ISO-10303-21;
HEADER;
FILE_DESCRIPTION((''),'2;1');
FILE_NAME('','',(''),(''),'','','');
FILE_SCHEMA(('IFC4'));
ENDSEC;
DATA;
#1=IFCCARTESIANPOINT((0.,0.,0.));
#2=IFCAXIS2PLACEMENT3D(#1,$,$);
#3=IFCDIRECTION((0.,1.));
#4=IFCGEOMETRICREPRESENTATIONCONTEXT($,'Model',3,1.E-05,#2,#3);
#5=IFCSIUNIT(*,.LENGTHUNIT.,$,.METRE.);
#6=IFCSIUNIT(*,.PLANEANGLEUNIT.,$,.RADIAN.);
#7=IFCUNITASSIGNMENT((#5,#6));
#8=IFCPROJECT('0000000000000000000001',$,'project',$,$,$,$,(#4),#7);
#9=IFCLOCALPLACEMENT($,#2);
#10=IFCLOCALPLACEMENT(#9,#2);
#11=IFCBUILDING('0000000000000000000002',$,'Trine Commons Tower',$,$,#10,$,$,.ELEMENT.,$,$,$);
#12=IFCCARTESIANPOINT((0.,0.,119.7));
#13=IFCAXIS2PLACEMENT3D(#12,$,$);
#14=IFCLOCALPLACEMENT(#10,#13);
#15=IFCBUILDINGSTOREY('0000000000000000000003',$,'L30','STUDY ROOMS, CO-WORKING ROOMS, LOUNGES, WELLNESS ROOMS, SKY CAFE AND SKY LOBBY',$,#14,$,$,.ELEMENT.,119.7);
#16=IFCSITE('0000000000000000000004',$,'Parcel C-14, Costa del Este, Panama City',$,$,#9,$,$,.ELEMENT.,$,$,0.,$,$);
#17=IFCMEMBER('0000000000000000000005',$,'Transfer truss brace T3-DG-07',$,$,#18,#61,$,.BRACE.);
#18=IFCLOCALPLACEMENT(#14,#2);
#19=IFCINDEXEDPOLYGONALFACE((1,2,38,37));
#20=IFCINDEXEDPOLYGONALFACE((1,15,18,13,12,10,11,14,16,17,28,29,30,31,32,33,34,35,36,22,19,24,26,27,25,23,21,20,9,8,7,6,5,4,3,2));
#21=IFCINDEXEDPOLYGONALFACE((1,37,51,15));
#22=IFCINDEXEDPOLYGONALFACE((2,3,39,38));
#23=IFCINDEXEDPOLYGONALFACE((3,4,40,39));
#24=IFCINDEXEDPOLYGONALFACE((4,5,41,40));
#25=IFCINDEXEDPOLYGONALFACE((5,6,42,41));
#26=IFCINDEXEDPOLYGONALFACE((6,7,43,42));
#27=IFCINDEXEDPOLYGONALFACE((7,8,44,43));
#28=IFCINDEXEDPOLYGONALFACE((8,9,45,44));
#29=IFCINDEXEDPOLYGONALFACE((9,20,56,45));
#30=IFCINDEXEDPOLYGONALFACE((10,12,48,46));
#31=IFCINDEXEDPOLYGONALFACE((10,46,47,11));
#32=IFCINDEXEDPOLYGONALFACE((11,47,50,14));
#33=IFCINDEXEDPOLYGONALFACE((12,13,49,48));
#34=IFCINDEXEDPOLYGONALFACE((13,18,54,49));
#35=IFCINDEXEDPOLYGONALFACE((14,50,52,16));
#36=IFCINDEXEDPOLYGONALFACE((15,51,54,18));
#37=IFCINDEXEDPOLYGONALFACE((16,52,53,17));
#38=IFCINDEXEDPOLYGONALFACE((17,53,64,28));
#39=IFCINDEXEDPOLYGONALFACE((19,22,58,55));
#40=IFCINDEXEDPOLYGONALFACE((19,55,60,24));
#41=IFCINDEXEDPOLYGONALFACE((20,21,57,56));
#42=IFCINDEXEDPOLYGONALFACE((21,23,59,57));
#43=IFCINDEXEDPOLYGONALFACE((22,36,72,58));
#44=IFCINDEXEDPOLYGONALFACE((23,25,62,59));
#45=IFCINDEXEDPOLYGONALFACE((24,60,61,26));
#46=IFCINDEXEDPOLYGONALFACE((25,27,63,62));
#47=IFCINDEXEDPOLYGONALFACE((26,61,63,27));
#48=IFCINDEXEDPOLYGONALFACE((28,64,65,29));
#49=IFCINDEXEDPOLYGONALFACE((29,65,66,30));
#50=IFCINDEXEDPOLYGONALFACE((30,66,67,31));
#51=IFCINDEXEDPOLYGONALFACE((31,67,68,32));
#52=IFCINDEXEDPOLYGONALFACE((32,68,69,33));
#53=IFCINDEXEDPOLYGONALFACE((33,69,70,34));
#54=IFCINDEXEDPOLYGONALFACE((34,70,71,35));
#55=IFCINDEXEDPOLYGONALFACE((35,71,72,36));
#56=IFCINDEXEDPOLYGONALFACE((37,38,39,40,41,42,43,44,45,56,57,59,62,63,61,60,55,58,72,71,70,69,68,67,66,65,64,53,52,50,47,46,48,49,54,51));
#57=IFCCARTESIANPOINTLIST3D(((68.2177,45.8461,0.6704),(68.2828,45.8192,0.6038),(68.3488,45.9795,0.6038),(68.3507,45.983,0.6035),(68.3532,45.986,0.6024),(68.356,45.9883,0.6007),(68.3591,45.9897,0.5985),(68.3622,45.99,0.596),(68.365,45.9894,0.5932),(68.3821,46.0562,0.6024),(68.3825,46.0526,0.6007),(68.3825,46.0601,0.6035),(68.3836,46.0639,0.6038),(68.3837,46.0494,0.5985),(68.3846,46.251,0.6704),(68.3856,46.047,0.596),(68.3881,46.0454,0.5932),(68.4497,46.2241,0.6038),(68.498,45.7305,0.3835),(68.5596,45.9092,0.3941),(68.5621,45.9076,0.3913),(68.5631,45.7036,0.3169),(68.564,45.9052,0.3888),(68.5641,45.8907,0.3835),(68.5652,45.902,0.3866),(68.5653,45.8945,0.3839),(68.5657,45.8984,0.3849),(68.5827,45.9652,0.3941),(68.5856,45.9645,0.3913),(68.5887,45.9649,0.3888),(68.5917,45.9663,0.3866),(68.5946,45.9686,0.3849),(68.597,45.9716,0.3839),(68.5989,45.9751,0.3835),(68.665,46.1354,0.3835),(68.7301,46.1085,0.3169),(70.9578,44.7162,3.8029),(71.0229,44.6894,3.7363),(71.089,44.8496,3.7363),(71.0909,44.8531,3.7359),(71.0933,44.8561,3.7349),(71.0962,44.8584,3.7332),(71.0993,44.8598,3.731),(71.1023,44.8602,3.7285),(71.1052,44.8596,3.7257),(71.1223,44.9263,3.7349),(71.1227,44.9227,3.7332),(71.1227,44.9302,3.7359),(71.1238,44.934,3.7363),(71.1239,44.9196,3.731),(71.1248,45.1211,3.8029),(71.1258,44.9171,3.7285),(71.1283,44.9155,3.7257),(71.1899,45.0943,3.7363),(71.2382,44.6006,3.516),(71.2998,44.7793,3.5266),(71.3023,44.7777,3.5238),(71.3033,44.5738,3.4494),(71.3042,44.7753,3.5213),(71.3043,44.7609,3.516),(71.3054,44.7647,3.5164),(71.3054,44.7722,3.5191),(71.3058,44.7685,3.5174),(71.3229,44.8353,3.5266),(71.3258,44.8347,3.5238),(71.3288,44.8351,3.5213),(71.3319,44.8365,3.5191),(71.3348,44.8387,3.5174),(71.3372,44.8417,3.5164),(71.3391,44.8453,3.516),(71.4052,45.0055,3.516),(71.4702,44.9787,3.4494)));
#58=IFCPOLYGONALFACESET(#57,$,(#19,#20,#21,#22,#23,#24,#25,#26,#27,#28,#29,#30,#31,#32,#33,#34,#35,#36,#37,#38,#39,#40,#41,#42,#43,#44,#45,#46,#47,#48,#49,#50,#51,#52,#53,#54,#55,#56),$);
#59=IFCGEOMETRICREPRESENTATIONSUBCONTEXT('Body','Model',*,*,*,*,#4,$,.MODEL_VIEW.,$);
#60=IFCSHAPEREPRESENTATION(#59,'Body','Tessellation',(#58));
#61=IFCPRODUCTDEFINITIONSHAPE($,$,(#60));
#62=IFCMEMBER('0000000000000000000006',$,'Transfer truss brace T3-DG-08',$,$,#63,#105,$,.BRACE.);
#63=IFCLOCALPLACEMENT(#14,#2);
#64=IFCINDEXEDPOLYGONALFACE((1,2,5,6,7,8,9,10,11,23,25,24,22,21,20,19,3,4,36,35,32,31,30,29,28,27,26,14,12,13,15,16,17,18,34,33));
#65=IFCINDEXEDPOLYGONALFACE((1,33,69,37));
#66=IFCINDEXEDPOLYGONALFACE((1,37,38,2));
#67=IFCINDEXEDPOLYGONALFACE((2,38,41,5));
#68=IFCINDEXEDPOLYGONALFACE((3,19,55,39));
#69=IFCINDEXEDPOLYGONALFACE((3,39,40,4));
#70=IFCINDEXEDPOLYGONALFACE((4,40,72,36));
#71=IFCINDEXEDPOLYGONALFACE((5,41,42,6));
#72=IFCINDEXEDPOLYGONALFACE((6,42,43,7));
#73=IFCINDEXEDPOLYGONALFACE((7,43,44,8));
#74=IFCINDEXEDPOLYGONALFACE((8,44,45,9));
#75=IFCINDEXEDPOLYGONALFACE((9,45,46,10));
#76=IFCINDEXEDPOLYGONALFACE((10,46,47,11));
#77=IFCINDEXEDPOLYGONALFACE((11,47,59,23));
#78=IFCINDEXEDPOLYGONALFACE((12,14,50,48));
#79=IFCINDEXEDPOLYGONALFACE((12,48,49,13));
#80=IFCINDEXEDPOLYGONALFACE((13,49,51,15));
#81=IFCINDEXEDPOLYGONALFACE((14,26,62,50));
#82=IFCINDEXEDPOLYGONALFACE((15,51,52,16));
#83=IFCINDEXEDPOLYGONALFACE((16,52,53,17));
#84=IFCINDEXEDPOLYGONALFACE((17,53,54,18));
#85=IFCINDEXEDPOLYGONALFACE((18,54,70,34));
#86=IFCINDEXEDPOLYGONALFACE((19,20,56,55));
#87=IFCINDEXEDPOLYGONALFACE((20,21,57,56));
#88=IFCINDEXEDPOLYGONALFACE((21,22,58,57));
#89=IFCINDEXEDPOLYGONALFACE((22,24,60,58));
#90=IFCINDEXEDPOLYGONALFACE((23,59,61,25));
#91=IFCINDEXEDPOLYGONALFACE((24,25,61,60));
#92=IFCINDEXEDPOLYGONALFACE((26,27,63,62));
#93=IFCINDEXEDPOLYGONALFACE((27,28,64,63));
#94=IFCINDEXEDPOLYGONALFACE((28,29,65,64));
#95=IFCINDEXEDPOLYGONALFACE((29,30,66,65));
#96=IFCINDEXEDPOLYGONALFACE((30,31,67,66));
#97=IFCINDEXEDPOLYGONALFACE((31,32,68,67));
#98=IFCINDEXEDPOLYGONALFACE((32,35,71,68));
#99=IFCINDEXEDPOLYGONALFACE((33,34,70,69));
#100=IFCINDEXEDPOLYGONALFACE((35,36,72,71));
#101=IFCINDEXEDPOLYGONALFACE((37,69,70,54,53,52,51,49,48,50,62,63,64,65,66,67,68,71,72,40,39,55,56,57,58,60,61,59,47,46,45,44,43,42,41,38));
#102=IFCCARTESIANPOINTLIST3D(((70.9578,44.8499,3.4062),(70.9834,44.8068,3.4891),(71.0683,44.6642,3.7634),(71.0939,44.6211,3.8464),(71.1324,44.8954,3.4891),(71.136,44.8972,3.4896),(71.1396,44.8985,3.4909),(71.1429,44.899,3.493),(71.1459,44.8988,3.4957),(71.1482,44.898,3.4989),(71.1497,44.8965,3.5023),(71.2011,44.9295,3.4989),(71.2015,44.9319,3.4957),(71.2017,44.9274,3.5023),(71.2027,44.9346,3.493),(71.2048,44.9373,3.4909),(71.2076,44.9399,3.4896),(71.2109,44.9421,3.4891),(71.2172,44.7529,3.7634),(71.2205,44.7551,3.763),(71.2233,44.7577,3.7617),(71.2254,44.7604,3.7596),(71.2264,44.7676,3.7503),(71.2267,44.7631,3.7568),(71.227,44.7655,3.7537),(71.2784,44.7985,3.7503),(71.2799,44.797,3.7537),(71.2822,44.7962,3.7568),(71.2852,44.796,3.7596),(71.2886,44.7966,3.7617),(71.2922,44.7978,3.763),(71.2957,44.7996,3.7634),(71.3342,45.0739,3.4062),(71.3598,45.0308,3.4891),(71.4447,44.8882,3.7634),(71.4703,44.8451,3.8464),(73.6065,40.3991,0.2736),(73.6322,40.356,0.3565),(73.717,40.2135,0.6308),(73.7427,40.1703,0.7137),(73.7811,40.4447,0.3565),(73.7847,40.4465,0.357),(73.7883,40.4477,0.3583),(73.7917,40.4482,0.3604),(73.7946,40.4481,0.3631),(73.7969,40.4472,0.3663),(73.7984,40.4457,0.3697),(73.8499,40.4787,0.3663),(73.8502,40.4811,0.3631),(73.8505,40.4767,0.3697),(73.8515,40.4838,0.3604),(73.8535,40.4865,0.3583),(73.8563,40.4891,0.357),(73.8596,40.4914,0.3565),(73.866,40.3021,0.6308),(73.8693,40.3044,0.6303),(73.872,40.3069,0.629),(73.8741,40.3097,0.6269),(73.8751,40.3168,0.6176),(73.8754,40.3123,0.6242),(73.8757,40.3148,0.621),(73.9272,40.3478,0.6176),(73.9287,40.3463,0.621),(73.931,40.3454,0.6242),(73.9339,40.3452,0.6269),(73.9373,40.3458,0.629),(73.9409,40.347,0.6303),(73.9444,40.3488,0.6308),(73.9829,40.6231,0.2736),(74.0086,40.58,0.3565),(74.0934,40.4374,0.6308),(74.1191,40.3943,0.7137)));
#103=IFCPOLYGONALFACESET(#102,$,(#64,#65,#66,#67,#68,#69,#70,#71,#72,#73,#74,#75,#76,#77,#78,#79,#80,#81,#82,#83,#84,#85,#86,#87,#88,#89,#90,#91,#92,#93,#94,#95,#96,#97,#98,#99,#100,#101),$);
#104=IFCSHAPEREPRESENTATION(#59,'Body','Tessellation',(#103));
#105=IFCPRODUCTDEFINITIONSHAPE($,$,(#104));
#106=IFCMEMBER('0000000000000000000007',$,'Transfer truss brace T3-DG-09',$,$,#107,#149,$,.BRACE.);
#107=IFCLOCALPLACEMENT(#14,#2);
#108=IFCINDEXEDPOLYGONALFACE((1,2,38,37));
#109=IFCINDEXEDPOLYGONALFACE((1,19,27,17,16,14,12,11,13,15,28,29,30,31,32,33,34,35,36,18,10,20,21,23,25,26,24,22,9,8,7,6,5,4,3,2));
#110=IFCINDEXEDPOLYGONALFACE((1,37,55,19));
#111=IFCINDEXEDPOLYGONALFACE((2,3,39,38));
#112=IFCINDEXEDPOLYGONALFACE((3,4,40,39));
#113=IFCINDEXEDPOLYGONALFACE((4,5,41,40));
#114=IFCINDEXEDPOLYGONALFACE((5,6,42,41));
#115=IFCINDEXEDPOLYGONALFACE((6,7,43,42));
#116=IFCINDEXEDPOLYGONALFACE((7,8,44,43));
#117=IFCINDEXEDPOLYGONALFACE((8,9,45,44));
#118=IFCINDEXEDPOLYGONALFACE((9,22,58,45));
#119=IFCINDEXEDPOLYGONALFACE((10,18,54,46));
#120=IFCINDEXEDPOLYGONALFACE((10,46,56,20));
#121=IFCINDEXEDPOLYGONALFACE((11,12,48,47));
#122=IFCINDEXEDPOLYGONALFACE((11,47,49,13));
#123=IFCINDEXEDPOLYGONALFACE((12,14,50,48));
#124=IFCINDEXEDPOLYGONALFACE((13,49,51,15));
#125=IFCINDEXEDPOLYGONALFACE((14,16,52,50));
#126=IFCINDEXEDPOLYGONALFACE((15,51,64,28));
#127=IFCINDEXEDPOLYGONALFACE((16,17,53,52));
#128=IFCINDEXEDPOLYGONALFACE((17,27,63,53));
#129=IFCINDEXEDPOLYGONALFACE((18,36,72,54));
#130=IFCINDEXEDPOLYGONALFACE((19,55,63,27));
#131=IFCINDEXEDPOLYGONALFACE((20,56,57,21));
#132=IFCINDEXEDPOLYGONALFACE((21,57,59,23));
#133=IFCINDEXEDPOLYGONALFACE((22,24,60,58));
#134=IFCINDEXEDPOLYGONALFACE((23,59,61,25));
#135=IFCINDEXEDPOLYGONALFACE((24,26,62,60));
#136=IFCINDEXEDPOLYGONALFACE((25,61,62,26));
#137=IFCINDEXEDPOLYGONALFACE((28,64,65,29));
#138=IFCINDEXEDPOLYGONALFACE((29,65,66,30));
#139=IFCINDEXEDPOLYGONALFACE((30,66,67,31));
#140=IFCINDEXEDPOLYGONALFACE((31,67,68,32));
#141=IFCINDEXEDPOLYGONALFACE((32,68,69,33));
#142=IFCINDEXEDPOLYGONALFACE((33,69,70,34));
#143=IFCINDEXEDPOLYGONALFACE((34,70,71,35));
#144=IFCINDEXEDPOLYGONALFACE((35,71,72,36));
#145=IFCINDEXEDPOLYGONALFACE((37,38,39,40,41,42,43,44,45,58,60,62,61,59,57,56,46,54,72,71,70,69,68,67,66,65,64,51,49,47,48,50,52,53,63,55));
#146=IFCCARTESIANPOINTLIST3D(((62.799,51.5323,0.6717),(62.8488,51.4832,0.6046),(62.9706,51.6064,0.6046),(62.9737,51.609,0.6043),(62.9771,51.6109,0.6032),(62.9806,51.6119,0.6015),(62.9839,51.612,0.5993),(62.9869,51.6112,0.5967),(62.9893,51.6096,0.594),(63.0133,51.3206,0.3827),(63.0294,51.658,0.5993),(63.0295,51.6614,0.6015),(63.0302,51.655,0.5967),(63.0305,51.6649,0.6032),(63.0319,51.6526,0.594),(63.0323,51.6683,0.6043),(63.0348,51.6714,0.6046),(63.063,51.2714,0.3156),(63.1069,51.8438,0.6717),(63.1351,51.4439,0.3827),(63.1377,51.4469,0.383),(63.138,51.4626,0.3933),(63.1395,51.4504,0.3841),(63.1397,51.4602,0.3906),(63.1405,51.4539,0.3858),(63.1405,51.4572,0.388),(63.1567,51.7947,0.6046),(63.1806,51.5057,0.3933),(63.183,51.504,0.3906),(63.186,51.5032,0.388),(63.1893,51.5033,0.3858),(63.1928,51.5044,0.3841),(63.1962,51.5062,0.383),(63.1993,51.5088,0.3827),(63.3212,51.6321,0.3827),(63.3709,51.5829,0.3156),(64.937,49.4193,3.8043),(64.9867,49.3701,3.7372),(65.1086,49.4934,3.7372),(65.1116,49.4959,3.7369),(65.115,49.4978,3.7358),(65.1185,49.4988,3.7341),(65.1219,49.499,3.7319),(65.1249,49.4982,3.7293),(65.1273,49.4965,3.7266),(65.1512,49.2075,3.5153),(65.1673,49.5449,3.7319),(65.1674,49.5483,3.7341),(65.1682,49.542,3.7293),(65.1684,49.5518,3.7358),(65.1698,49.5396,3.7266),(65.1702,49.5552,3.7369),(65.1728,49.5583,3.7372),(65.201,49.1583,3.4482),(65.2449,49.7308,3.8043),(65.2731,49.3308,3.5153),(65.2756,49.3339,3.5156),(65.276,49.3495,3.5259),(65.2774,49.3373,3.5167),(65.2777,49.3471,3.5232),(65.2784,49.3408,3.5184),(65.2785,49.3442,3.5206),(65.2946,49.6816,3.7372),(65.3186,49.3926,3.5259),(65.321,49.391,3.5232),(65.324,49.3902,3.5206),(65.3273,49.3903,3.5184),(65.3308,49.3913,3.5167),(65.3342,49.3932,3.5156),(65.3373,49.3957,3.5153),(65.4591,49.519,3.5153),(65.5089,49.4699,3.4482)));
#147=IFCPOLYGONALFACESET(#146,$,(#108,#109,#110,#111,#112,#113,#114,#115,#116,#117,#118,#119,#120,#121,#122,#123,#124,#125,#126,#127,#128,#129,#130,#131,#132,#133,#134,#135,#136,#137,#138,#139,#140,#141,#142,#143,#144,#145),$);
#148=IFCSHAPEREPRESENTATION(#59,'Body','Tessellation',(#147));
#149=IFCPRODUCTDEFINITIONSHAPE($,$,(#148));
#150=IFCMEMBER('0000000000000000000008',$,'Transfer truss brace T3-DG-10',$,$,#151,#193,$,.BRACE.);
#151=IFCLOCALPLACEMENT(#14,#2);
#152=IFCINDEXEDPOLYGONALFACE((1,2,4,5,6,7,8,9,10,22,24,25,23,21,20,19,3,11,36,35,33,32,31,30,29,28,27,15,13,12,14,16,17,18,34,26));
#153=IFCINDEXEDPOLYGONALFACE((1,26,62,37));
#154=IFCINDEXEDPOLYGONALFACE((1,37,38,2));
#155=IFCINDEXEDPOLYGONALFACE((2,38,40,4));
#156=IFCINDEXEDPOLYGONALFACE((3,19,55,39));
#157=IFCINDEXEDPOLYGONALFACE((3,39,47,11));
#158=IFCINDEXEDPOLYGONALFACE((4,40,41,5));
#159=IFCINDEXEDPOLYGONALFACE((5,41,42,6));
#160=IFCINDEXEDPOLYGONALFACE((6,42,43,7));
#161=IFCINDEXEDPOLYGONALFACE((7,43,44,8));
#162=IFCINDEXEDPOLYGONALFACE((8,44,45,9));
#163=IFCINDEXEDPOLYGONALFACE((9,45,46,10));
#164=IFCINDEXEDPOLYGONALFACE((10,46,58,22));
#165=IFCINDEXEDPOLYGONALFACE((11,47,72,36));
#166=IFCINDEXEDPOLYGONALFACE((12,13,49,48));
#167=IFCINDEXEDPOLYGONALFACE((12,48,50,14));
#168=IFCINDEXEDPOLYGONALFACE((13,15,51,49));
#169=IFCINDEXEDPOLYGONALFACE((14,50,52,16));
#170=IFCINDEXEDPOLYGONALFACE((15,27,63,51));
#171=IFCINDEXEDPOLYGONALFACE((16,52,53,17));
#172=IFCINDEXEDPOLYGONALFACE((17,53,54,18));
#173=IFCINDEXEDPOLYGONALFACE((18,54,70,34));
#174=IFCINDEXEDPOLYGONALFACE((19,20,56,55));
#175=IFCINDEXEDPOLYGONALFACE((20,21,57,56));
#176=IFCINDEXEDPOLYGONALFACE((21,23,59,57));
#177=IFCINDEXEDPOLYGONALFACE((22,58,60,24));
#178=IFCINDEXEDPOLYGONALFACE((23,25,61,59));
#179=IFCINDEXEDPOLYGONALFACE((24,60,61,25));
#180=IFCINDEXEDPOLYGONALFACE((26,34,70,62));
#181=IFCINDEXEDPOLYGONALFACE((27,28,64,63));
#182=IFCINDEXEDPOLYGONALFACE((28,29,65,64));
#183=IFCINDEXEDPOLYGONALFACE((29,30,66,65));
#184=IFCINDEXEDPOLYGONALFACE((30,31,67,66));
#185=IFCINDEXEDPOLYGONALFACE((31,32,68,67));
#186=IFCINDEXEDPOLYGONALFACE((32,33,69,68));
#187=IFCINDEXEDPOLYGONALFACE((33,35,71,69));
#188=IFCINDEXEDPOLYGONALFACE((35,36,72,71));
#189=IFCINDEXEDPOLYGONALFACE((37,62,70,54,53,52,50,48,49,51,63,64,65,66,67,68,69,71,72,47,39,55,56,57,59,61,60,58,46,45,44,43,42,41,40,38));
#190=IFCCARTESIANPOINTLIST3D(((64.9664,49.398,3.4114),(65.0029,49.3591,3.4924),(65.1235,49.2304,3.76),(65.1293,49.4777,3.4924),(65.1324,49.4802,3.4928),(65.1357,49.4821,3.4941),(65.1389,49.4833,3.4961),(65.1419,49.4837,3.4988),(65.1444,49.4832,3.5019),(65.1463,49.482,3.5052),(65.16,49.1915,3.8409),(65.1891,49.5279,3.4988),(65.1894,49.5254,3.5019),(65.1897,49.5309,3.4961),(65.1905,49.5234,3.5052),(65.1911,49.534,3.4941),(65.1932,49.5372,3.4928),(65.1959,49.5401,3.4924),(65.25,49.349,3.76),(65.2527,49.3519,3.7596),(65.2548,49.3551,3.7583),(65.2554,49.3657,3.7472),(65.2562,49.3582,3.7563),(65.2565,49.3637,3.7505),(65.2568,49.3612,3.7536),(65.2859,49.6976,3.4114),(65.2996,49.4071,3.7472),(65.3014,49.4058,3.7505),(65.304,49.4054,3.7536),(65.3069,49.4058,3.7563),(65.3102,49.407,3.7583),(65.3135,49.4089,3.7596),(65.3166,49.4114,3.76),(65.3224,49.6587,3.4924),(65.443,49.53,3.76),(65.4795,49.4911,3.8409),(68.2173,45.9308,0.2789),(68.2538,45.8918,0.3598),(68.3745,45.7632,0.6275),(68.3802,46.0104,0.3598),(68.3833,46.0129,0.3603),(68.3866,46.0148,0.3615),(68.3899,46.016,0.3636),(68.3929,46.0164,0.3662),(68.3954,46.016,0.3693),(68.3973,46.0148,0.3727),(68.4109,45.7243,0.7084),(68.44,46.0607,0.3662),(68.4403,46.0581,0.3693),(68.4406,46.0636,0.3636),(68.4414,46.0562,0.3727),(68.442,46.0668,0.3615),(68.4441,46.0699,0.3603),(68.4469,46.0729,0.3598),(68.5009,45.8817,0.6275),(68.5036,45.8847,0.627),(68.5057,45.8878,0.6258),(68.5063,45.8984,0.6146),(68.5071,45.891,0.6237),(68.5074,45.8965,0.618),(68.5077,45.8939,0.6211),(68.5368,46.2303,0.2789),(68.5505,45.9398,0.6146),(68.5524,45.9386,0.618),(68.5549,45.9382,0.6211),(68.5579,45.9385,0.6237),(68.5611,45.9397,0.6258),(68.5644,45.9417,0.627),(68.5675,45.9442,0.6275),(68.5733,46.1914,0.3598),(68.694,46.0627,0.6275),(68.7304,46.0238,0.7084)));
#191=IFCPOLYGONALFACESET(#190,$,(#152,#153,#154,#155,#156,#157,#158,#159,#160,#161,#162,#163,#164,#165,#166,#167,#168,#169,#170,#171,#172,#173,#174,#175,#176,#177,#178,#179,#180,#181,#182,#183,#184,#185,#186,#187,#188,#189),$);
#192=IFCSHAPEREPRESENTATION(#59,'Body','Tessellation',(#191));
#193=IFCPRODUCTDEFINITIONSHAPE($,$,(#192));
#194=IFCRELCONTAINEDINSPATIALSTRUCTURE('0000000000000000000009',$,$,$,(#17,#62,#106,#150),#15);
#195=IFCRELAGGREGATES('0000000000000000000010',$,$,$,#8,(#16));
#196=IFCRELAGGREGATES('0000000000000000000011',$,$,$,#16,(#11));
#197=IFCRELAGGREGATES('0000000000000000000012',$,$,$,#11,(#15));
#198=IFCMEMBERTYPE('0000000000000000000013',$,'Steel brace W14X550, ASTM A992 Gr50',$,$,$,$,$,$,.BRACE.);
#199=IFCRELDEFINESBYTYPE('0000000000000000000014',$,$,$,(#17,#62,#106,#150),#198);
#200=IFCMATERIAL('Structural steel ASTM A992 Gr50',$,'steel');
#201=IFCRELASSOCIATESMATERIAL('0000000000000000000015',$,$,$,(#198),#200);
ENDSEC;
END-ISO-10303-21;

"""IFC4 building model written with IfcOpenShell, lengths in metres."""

from ifc_helpers import new_model, si_unit, direction, frame, origin, origin_2d, place, context, subcontext, project, spatial, i_section, extrude, material, material_profile, profile_set, type_object, element, save


model = new_model("IFC4")

# Units and contexts
model_context = context("Model", 3, precision=1e-05, world=origin(), true_north=direction((0.0, 1.0)))
body_context = subcontext(model_context, "Body", "Model", "MODEL_VIEW")
ifc_project = project(units=[si_unit("LENGTHUNIT", "METRE"), si_unit("PLANEANGLEUNIT", "RADIAN")], contexts=[model_context])

# Site, building, storey
site_placement = place(None, origin())
site = spatial("IfcSite", under=ifc_project, at=site_placement, Name="Parcel C-14, Costa del Este, Panama City", CompositionType="ELEMENT", RefElevation=0.0)
building_placement = place(site_placement, origin())
building = spatial("IfcBuilding", under=site, at=building_placement, Name="Trine Commons Tower", CompositionType="ELEMENT")
storey_placement = place(building_placement, frame((0.0, 0.0, 119.7)))
storey = spatial("IfcBuildingStorey", under=building, at=storey_placement, Name="L30", Description="STUDY ROOMS, CO-WORKING ROOMS, LOUNGES, WELLNESS ROOMS, SKY CAFE AND SKY LOBBY", CompositionType="ELEMENT", Elevation=119.7)

# Members
ifc_material_1 = material(Name="Structural steel ASTM A992 Gr50", Category="steel")
ifc_material_profile_1 = material_profile(ifc_material_1, i_section(OverallWidth=0.438, OverallDepth=0.5144, WebThickness=0.0605, FlangeThickness=0.0969, FilletRadius=0.0154, at=origin_2d()), Name="W14X550")
ifc_profile_set_1 = profile_set([ifc_material_profile_1], Name="Structural steel ASTM A992 Gr50")
member_type_1 = type_object("IfcMemberType", Name="Steel brace W14X550, ASTM A992 Gr50", PredefinedType="BRACE", material=ifc_profile_set_1)
member_1_placement = place(storey_placement, frame((68.4739, 45.9773, 0.4937), z_axis=(0.635402, -0.261996, 0.726376), x_axis=(0.381197, 0.924494, 0.0)))
element("IfcMember", 1, at=member_1_placement, inside=storey, type_object=member_type_1, Name="Transfer truss brace T3-DG-07", PredefinedType="BRACE", context=body_context, shape_type="SweptSolid", body=[
    extrude(i_section(OverallWidth=0.438, OverallDepth=0.5144, WebThickness=0.0605, FlangeThickness=0.0969, FilletRadius=0.0154, at=origin_2d()), origin(), (0.0, 0.0, 1.0), 4.3125),
])
member_2_placement = place(storey_placement, frame((73.8628, 40.3967, 0.4937), z_axis=(-0.437592, 0.735303, 0.517535), x_axis=(-0.859338, -0.511408, 0.0)))
element("IfcMember", 2, at=member_2_placement, inside=storey, type_object=member_type_1, Name="Transfer truss brace T3-DG-08", PredefinedType="BRACE", context=body_context, shape_type="SweptSolid", body=[
    extrude(i_section(OverallWidth=0.438, OverallDepth=0.5144, WebThickness=0.0605, FlangeThickness=0.0969, FilletRadius=0.0154, at=origin_2d()), origin(), (0.0, 0.0, 1.0), 6.053),
])
member_3_placement = place(storey_placement, frame((63.085, 51.5576, 0.4937), z_axis=(0.492442, -0.486706, 0.721539), x_axis=(0.702952, 0.711237, 0.0)))
element("IfcMember", 3, at=member_3_placement, inside=storey, type_object=member_type_1, Name="Transfer truss brace T3-DG-09", PredefinedType="BRACE", context=body_context, shape_type="SweptSolid", body=[
    extrude(i_section(OverallWidth=0.438, OverallDepth=0.5144, WebThickness=0.0605, FlangeThickness=0.0969, FilletRadius=0.0154, at=origin_2d()), origin(), (0.0, 0.0, 1.0), 4.3416),
])
member_4_placement = place(storey_placement, frame((68.4739, 45.9773, 0.4937), z_axis=(-0.571104, 0.609103, 0.550303), x_axis=(-0.729496, -0.683986, 0.0)))
element("IfcMember", 4, at=member_4_placement, inside=storey, type_object=member_type_1, Name="Transfer truss brace T3-DG-10", PredefinedType="BRACE", context=body_context, shape_type="SweptSolid", body=[
    extrude(i_section(OverallWidth=0.438, OverallDepth=0.5144, WebThickness=0.0605, FlangeThickness=0.0969, FilletRadius=0.0154, at=origin_2d()), origin(), (0.0, 0.0, 1.0), 5.6924),
])

save(model, "model.ifc")
